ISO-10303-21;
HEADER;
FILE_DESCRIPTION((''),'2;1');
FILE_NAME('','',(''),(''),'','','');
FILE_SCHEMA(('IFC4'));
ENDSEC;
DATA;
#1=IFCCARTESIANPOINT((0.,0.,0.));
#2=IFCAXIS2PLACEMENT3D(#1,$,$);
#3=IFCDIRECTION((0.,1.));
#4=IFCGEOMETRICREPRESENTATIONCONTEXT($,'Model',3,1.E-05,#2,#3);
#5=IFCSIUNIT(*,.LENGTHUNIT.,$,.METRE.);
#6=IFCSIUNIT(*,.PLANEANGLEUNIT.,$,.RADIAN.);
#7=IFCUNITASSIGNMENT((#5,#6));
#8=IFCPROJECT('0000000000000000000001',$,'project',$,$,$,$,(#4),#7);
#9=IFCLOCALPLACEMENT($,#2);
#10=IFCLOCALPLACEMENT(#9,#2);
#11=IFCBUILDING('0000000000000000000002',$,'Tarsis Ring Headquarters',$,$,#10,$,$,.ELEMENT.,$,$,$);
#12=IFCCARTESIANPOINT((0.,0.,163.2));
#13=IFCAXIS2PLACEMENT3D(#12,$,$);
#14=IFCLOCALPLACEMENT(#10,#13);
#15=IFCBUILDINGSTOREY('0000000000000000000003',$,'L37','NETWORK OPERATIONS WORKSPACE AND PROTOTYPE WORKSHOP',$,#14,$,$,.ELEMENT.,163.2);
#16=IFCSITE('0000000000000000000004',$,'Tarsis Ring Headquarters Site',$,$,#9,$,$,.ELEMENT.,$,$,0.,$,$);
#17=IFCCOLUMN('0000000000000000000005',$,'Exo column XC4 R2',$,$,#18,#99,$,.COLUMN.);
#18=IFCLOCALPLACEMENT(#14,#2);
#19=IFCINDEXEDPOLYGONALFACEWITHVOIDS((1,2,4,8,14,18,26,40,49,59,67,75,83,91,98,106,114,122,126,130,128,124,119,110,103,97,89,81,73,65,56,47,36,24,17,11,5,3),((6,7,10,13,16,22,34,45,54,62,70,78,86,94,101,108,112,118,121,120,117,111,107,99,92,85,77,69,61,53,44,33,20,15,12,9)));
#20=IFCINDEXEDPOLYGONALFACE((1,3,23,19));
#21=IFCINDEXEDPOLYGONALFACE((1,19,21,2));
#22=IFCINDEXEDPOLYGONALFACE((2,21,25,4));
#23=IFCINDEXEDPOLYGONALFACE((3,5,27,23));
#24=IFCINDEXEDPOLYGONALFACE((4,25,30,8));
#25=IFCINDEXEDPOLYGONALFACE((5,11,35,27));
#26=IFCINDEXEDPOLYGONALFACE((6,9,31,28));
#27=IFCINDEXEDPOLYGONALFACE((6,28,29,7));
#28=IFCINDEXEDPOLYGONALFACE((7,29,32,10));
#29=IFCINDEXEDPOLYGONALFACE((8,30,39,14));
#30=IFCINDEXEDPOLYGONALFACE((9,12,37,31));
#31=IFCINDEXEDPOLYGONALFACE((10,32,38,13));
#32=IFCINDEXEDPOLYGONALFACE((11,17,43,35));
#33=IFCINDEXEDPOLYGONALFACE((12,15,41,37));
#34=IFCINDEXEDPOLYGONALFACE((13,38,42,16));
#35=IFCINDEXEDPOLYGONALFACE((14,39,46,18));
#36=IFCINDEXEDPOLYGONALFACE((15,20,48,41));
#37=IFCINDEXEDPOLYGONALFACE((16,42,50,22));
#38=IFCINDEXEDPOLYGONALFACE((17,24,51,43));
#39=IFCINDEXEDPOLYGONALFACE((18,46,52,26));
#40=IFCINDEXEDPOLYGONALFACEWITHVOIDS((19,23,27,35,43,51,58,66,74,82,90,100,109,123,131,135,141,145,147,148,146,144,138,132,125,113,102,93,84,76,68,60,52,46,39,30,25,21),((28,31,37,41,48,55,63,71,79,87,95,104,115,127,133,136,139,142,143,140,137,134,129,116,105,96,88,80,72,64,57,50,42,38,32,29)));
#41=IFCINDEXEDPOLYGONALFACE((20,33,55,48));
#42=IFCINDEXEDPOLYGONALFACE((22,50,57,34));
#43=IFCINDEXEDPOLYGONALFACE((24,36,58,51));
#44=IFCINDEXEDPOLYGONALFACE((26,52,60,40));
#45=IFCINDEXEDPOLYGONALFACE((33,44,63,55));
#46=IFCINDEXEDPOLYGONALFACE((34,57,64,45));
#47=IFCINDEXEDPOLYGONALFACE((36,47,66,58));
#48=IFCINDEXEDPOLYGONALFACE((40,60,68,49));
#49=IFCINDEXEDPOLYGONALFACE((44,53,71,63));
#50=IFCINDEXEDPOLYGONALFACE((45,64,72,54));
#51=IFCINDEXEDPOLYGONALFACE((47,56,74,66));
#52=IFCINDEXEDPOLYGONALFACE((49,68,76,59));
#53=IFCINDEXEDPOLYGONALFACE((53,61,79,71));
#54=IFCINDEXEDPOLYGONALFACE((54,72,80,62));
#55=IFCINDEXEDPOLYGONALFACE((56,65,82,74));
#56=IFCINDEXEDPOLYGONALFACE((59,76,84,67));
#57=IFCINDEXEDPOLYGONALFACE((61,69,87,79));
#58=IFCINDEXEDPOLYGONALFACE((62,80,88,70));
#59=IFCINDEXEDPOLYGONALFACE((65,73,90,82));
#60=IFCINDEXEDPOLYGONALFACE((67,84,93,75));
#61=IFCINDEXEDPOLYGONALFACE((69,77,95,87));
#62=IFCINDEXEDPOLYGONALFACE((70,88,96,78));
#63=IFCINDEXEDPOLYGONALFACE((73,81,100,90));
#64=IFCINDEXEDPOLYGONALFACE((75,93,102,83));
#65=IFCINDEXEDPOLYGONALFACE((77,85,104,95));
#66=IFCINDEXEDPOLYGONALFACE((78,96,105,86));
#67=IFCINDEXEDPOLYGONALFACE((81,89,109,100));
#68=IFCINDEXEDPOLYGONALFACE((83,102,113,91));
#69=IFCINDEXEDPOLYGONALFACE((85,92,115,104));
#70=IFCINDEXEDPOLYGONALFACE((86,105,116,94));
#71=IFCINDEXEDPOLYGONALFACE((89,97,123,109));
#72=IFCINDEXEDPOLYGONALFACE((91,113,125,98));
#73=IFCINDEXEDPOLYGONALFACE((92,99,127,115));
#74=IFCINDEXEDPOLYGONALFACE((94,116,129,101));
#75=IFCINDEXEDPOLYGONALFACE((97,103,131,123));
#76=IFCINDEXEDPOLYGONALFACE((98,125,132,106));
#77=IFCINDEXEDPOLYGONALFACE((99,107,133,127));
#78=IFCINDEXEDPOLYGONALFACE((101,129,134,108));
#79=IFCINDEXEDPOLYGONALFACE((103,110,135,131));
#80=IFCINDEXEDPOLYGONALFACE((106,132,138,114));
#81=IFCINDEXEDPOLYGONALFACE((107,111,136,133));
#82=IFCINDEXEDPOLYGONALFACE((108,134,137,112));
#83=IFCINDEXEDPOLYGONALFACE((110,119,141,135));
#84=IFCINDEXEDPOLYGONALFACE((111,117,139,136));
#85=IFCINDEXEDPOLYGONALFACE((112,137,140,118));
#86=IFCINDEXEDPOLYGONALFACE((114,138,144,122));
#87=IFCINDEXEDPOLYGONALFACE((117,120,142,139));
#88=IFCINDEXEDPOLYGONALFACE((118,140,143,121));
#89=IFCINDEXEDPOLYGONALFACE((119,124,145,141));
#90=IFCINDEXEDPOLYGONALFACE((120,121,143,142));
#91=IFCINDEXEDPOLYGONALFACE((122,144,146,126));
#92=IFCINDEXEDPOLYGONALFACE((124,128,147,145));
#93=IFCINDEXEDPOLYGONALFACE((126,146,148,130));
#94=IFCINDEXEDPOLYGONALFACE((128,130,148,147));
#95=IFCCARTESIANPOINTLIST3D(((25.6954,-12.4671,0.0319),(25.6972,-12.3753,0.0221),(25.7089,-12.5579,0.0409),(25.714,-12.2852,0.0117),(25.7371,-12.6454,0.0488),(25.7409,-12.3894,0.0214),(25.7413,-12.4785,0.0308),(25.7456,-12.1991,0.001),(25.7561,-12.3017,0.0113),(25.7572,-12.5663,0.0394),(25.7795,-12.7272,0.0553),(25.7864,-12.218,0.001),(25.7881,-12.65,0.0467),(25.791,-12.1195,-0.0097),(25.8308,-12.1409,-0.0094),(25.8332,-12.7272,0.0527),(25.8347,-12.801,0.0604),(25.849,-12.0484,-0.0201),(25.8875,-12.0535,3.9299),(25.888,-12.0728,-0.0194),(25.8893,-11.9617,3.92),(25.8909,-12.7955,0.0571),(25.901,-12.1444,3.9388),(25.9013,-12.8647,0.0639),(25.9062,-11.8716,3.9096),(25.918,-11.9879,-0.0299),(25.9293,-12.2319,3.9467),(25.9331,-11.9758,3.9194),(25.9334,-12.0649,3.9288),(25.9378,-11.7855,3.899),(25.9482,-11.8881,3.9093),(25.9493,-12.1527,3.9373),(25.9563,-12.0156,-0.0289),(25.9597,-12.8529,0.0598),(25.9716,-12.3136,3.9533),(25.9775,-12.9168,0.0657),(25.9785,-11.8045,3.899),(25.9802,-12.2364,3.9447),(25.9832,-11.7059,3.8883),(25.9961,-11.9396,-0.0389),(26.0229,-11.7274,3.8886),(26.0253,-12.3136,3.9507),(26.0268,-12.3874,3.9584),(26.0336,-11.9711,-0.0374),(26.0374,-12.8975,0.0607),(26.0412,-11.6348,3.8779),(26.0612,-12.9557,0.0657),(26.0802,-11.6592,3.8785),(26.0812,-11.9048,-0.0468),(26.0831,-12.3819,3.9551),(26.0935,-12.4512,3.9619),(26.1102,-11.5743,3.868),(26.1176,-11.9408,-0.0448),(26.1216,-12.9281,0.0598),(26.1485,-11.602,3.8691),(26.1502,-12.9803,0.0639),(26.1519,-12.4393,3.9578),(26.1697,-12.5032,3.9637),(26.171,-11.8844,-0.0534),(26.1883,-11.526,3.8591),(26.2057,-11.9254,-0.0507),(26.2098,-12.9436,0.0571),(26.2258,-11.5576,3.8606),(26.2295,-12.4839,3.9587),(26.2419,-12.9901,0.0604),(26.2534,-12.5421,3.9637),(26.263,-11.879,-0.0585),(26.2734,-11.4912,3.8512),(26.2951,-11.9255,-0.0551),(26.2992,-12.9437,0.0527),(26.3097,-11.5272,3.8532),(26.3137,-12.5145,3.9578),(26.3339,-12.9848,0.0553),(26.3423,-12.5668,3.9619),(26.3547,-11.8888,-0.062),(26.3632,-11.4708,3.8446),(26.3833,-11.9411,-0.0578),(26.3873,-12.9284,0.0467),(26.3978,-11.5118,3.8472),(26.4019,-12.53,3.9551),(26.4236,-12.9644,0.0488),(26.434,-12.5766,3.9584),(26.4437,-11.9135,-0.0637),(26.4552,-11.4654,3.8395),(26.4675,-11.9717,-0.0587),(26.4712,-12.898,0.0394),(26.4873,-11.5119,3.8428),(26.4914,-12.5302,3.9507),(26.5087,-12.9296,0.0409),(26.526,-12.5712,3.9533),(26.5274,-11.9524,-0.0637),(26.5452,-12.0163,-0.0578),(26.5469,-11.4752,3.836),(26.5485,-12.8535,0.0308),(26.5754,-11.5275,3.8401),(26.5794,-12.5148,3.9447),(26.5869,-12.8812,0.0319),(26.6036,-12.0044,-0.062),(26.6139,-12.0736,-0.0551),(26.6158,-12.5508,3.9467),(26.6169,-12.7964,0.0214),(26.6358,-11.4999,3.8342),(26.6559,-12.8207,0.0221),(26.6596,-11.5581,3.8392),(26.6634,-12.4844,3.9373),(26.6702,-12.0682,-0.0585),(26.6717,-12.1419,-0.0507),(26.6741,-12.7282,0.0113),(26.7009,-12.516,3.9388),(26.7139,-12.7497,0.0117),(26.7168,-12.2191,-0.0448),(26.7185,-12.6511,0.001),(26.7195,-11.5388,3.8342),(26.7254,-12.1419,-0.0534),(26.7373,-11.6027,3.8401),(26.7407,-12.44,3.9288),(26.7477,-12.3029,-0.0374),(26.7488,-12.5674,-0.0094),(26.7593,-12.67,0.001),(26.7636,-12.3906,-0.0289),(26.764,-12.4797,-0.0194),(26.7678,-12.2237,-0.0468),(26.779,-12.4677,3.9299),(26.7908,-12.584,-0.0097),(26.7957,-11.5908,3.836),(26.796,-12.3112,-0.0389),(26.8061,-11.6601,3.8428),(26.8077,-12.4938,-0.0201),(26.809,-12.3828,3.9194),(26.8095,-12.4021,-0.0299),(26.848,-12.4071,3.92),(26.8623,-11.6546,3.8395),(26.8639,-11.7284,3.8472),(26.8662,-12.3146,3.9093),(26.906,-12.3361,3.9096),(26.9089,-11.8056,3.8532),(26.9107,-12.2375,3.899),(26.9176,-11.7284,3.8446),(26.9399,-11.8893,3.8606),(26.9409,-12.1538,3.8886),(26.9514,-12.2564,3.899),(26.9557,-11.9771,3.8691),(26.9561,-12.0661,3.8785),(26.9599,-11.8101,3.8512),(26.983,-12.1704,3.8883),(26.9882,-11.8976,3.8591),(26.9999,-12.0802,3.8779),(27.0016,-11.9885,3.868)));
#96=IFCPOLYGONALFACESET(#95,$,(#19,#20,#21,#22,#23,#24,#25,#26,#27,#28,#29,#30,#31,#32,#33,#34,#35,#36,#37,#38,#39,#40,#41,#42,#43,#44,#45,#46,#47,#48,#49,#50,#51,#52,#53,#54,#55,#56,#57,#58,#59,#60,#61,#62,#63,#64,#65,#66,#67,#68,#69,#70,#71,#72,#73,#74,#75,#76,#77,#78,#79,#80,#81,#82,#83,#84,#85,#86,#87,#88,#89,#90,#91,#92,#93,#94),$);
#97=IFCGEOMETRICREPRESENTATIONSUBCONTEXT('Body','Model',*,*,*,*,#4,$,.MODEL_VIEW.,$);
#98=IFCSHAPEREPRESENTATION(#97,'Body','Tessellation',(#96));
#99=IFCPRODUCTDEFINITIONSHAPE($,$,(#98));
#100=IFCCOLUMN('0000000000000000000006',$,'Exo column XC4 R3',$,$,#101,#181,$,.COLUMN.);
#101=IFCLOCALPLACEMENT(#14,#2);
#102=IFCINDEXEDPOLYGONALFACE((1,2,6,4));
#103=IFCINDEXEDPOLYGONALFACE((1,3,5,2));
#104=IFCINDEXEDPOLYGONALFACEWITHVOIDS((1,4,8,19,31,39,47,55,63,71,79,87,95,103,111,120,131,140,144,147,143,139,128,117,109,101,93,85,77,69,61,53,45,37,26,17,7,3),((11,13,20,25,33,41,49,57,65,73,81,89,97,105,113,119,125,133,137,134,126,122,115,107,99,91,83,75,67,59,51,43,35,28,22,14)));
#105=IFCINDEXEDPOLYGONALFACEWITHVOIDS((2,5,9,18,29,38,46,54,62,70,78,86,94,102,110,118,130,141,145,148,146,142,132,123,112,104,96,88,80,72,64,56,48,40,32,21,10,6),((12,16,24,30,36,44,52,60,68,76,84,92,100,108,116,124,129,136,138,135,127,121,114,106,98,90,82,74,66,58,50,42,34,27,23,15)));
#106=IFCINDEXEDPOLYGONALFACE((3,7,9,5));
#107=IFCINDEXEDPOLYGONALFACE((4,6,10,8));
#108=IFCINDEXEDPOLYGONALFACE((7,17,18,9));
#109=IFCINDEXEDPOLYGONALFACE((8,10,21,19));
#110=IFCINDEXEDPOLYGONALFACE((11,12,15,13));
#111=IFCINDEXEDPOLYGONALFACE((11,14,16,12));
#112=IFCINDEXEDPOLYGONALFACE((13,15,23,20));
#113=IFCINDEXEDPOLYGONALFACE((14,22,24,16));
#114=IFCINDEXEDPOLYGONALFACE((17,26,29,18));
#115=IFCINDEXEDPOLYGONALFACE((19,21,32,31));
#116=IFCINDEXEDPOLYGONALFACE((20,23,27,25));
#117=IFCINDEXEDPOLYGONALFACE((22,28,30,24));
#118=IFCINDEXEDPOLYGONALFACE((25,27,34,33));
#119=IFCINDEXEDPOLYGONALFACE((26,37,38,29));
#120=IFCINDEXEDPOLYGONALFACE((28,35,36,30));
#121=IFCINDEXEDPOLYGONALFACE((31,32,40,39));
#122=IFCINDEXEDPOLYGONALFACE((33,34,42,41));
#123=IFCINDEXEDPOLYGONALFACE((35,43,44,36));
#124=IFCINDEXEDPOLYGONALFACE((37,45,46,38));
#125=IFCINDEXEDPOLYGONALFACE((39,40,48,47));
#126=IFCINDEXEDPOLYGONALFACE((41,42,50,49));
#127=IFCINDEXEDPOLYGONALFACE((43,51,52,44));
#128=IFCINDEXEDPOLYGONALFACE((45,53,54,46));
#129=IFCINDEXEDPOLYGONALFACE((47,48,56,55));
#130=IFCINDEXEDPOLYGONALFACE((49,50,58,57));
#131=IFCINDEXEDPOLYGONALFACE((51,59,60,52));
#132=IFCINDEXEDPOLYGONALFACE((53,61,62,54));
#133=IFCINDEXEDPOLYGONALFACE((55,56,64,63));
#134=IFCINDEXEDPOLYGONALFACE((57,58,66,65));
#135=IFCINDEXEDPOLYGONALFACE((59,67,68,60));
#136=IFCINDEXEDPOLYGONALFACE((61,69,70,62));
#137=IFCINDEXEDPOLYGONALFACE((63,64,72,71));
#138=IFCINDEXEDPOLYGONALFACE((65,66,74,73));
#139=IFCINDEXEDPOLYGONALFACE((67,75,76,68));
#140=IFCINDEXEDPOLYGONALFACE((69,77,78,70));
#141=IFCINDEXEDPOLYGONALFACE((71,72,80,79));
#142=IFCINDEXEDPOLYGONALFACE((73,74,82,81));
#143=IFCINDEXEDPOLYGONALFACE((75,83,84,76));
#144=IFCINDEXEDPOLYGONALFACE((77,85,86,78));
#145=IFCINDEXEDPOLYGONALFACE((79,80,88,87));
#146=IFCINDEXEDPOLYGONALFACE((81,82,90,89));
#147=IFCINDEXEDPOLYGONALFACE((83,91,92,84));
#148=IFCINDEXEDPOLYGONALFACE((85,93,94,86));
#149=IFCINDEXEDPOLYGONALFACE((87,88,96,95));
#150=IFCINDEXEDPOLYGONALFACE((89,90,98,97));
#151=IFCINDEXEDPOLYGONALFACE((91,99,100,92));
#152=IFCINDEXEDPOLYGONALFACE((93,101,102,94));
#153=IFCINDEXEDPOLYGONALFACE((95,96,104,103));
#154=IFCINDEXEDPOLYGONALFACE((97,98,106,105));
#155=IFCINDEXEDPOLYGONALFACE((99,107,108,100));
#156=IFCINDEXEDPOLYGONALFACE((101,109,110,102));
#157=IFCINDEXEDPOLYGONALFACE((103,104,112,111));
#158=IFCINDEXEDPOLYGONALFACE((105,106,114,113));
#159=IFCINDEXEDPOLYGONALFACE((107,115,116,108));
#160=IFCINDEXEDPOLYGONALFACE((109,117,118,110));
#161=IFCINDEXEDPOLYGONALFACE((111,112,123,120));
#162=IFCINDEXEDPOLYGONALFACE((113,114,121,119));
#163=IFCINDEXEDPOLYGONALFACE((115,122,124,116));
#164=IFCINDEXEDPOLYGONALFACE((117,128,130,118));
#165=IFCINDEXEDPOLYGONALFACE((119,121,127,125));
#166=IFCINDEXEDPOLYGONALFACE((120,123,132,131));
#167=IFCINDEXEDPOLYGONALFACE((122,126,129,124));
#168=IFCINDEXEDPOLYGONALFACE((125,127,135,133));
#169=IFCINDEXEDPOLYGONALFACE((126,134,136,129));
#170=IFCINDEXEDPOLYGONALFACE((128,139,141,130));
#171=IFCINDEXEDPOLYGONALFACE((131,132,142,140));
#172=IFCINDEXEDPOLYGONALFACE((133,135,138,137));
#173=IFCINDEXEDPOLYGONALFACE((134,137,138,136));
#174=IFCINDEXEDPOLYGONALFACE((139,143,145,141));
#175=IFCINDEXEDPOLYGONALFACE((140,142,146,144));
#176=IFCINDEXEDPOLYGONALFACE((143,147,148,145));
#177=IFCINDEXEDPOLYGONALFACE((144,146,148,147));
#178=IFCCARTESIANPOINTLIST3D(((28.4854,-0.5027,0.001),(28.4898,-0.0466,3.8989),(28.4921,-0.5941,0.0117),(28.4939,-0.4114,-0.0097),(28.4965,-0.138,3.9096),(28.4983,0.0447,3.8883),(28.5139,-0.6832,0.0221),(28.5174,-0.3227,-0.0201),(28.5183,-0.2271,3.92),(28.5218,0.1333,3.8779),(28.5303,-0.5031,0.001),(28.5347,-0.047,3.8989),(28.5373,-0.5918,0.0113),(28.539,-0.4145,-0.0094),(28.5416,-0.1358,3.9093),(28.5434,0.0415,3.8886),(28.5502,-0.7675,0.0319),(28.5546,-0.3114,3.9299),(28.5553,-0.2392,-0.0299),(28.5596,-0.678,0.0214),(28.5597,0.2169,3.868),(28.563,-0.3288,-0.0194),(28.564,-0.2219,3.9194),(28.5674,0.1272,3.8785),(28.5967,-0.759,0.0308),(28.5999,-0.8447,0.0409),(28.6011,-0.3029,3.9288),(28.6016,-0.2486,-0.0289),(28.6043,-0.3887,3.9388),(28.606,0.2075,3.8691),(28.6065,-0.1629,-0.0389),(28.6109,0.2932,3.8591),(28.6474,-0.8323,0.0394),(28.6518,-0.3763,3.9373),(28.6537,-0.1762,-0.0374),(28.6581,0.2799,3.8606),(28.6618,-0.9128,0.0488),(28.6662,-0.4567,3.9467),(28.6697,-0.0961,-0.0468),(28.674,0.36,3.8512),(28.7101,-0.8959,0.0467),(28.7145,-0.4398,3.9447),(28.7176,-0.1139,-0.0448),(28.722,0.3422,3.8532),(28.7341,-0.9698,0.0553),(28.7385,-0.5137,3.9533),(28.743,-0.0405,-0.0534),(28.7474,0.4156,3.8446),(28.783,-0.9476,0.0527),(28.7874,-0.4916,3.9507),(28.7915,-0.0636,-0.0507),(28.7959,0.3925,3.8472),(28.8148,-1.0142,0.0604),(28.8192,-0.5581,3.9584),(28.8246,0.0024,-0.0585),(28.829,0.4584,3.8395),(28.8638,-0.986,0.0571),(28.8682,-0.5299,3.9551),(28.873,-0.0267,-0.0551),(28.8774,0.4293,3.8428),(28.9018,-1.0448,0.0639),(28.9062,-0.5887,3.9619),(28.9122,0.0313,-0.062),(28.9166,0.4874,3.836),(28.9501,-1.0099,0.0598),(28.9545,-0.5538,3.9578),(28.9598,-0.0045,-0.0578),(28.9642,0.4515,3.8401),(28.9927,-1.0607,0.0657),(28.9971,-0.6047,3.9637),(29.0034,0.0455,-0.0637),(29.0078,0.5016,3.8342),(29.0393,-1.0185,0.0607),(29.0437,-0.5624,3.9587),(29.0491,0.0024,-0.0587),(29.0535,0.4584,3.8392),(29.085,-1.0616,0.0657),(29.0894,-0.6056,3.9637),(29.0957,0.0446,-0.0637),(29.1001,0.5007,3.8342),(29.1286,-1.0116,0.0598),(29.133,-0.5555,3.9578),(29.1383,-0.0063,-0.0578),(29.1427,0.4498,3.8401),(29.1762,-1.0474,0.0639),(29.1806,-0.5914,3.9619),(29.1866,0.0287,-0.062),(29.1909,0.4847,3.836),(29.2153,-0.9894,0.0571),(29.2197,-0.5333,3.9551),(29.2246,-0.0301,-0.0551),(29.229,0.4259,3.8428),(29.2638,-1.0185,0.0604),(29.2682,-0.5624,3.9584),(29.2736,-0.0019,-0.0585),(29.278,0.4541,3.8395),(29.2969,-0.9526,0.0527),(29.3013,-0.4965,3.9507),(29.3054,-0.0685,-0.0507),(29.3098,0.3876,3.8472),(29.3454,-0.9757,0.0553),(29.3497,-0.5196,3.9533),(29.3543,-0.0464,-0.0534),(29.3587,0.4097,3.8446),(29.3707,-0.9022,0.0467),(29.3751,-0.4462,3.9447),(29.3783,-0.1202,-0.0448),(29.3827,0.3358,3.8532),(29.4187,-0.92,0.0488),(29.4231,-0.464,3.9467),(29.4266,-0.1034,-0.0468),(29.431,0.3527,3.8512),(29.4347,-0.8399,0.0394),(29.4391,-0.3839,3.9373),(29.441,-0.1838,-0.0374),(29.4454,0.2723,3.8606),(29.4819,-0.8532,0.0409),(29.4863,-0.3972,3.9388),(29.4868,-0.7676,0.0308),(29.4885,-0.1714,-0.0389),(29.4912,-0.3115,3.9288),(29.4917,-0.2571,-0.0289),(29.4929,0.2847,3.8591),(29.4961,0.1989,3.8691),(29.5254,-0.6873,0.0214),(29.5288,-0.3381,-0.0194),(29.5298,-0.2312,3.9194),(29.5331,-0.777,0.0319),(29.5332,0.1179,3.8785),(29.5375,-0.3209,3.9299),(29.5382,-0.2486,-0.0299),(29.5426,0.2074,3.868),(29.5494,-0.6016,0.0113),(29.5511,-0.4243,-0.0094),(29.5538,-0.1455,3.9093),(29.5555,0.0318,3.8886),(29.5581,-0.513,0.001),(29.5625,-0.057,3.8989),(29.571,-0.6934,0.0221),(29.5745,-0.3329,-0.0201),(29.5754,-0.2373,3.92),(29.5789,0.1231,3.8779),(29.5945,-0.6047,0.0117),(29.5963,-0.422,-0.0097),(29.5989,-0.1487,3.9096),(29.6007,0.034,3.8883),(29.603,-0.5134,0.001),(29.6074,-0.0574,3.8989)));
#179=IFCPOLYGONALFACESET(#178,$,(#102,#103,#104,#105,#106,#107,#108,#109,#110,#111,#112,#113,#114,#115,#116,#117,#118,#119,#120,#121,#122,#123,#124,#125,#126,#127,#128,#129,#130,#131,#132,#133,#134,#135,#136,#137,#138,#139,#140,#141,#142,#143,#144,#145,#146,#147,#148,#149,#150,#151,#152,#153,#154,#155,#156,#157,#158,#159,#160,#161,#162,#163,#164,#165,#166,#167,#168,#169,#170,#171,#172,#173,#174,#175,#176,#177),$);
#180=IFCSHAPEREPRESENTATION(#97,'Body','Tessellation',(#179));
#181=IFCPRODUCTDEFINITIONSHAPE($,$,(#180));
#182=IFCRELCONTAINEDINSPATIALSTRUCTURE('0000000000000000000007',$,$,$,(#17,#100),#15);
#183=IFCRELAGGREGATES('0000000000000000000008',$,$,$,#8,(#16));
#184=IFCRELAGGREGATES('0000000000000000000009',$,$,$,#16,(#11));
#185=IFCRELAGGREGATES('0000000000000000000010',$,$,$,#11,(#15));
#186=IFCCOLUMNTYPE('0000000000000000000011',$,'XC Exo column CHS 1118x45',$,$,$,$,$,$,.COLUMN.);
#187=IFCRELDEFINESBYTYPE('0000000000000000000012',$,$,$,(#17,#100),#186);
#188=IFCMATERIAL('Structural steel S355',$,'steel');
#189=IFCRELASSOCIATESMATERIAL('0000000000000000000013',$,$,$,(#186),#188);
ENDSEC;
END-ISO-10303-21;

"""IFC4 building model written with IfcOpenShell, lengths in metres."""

from ifc_helpers import new_model, si_unit, direction, frame, origin, origin_2d, place, context, subcontext, project, spatial, hollow_circle, extrude, material, material_profile, profile_set, type_object, element, save


model = new_model("IFC4")

# Units and contexts
model_context = context("Model", 3, precision=1e-05, world=origin(), true_north=direction((0.0, 1.0)))
body_context = subcontext(model_context, "Body", "Model", "MODEL_VIEW")
ifc_project = project(units=[si_unit("LENGTHUNIT", "METRE"), si_unit("PLANEANGLEUNIT", "RADIAN")], contexts=[model_context])

# Site, building, storey
site_placement = place(None, origin())
site = spatial("IfcSite", under=ifc_project, at=site_placement, Name="Tarsis Ring Headquarters Site", CompositionType="ELEMENT", RefElevation=0.0)
building_placement = place(site_placement, origin())
building = spatial("IfcBuilding", under=site, at=building_placement, Name="Tarsis Ring Headquarters", CompositionType="ELEMENT")
storey_placement = place(building_placement, frame((0.0, 0.0, 163.2)))
storey = spatial("IfcBuildingStorey", under=building, at=storey_placement, Name="L37", Description="NETWORK OPERATIONS WORKSPACE AND PROTOTYPE WORKSHOP", CompositionType="ELEMENT", Elevation=163.2)

# Columns
ifc_material_1 = material(Name="Structural steel S355", Category="steel")
ifc_material_profile_1 = material_profile(ifc_material_1, hollow_circle(Radius=0.5588, WallThickness=0.0449, at=origin_2d()), Name="CHS 1118x45")
ifc_profile_set_1 = profile_set([ifc_material_profile_1], Name="Structural steel S355")
column_type = type_object("IfcColumnType", Name="XC Exo column CHS 1118x45", PredefinedType="COLUMN", material=ifc_profile_set_1)
for number, where, z_axis, x_axis, name in (
    (1, (26.2524, -12.4346, 0.001), (0.048958, 0.105382, 0.993226), (-0.906907, 0.421332, 0.0), "Exo column XC4 R2"),
    (2, (29.0442, -0.5081, 0.001), (0.00112, 0.116206, 0.993225), (-0.999954, 0.009636, 0.0), "Exo column XC4 R3"),
):
    element("IfcColumn", number, at=place(storey_placement, frame(where, z_axis=z_axis, x_axis=x_axis)), inside=storey, type_object=column_type, Name=name, PredefinedType="COLUMN", context=body_context, shape_type="SweptSolid", body=[
        extrude(hollow_circle(Radius=0.5588, WallThickness=0.0449, at=origin_2d()), origin(), (0.0, 0.0, 1.0), 3.9246),
    ])

save(model, "model.ifc")
